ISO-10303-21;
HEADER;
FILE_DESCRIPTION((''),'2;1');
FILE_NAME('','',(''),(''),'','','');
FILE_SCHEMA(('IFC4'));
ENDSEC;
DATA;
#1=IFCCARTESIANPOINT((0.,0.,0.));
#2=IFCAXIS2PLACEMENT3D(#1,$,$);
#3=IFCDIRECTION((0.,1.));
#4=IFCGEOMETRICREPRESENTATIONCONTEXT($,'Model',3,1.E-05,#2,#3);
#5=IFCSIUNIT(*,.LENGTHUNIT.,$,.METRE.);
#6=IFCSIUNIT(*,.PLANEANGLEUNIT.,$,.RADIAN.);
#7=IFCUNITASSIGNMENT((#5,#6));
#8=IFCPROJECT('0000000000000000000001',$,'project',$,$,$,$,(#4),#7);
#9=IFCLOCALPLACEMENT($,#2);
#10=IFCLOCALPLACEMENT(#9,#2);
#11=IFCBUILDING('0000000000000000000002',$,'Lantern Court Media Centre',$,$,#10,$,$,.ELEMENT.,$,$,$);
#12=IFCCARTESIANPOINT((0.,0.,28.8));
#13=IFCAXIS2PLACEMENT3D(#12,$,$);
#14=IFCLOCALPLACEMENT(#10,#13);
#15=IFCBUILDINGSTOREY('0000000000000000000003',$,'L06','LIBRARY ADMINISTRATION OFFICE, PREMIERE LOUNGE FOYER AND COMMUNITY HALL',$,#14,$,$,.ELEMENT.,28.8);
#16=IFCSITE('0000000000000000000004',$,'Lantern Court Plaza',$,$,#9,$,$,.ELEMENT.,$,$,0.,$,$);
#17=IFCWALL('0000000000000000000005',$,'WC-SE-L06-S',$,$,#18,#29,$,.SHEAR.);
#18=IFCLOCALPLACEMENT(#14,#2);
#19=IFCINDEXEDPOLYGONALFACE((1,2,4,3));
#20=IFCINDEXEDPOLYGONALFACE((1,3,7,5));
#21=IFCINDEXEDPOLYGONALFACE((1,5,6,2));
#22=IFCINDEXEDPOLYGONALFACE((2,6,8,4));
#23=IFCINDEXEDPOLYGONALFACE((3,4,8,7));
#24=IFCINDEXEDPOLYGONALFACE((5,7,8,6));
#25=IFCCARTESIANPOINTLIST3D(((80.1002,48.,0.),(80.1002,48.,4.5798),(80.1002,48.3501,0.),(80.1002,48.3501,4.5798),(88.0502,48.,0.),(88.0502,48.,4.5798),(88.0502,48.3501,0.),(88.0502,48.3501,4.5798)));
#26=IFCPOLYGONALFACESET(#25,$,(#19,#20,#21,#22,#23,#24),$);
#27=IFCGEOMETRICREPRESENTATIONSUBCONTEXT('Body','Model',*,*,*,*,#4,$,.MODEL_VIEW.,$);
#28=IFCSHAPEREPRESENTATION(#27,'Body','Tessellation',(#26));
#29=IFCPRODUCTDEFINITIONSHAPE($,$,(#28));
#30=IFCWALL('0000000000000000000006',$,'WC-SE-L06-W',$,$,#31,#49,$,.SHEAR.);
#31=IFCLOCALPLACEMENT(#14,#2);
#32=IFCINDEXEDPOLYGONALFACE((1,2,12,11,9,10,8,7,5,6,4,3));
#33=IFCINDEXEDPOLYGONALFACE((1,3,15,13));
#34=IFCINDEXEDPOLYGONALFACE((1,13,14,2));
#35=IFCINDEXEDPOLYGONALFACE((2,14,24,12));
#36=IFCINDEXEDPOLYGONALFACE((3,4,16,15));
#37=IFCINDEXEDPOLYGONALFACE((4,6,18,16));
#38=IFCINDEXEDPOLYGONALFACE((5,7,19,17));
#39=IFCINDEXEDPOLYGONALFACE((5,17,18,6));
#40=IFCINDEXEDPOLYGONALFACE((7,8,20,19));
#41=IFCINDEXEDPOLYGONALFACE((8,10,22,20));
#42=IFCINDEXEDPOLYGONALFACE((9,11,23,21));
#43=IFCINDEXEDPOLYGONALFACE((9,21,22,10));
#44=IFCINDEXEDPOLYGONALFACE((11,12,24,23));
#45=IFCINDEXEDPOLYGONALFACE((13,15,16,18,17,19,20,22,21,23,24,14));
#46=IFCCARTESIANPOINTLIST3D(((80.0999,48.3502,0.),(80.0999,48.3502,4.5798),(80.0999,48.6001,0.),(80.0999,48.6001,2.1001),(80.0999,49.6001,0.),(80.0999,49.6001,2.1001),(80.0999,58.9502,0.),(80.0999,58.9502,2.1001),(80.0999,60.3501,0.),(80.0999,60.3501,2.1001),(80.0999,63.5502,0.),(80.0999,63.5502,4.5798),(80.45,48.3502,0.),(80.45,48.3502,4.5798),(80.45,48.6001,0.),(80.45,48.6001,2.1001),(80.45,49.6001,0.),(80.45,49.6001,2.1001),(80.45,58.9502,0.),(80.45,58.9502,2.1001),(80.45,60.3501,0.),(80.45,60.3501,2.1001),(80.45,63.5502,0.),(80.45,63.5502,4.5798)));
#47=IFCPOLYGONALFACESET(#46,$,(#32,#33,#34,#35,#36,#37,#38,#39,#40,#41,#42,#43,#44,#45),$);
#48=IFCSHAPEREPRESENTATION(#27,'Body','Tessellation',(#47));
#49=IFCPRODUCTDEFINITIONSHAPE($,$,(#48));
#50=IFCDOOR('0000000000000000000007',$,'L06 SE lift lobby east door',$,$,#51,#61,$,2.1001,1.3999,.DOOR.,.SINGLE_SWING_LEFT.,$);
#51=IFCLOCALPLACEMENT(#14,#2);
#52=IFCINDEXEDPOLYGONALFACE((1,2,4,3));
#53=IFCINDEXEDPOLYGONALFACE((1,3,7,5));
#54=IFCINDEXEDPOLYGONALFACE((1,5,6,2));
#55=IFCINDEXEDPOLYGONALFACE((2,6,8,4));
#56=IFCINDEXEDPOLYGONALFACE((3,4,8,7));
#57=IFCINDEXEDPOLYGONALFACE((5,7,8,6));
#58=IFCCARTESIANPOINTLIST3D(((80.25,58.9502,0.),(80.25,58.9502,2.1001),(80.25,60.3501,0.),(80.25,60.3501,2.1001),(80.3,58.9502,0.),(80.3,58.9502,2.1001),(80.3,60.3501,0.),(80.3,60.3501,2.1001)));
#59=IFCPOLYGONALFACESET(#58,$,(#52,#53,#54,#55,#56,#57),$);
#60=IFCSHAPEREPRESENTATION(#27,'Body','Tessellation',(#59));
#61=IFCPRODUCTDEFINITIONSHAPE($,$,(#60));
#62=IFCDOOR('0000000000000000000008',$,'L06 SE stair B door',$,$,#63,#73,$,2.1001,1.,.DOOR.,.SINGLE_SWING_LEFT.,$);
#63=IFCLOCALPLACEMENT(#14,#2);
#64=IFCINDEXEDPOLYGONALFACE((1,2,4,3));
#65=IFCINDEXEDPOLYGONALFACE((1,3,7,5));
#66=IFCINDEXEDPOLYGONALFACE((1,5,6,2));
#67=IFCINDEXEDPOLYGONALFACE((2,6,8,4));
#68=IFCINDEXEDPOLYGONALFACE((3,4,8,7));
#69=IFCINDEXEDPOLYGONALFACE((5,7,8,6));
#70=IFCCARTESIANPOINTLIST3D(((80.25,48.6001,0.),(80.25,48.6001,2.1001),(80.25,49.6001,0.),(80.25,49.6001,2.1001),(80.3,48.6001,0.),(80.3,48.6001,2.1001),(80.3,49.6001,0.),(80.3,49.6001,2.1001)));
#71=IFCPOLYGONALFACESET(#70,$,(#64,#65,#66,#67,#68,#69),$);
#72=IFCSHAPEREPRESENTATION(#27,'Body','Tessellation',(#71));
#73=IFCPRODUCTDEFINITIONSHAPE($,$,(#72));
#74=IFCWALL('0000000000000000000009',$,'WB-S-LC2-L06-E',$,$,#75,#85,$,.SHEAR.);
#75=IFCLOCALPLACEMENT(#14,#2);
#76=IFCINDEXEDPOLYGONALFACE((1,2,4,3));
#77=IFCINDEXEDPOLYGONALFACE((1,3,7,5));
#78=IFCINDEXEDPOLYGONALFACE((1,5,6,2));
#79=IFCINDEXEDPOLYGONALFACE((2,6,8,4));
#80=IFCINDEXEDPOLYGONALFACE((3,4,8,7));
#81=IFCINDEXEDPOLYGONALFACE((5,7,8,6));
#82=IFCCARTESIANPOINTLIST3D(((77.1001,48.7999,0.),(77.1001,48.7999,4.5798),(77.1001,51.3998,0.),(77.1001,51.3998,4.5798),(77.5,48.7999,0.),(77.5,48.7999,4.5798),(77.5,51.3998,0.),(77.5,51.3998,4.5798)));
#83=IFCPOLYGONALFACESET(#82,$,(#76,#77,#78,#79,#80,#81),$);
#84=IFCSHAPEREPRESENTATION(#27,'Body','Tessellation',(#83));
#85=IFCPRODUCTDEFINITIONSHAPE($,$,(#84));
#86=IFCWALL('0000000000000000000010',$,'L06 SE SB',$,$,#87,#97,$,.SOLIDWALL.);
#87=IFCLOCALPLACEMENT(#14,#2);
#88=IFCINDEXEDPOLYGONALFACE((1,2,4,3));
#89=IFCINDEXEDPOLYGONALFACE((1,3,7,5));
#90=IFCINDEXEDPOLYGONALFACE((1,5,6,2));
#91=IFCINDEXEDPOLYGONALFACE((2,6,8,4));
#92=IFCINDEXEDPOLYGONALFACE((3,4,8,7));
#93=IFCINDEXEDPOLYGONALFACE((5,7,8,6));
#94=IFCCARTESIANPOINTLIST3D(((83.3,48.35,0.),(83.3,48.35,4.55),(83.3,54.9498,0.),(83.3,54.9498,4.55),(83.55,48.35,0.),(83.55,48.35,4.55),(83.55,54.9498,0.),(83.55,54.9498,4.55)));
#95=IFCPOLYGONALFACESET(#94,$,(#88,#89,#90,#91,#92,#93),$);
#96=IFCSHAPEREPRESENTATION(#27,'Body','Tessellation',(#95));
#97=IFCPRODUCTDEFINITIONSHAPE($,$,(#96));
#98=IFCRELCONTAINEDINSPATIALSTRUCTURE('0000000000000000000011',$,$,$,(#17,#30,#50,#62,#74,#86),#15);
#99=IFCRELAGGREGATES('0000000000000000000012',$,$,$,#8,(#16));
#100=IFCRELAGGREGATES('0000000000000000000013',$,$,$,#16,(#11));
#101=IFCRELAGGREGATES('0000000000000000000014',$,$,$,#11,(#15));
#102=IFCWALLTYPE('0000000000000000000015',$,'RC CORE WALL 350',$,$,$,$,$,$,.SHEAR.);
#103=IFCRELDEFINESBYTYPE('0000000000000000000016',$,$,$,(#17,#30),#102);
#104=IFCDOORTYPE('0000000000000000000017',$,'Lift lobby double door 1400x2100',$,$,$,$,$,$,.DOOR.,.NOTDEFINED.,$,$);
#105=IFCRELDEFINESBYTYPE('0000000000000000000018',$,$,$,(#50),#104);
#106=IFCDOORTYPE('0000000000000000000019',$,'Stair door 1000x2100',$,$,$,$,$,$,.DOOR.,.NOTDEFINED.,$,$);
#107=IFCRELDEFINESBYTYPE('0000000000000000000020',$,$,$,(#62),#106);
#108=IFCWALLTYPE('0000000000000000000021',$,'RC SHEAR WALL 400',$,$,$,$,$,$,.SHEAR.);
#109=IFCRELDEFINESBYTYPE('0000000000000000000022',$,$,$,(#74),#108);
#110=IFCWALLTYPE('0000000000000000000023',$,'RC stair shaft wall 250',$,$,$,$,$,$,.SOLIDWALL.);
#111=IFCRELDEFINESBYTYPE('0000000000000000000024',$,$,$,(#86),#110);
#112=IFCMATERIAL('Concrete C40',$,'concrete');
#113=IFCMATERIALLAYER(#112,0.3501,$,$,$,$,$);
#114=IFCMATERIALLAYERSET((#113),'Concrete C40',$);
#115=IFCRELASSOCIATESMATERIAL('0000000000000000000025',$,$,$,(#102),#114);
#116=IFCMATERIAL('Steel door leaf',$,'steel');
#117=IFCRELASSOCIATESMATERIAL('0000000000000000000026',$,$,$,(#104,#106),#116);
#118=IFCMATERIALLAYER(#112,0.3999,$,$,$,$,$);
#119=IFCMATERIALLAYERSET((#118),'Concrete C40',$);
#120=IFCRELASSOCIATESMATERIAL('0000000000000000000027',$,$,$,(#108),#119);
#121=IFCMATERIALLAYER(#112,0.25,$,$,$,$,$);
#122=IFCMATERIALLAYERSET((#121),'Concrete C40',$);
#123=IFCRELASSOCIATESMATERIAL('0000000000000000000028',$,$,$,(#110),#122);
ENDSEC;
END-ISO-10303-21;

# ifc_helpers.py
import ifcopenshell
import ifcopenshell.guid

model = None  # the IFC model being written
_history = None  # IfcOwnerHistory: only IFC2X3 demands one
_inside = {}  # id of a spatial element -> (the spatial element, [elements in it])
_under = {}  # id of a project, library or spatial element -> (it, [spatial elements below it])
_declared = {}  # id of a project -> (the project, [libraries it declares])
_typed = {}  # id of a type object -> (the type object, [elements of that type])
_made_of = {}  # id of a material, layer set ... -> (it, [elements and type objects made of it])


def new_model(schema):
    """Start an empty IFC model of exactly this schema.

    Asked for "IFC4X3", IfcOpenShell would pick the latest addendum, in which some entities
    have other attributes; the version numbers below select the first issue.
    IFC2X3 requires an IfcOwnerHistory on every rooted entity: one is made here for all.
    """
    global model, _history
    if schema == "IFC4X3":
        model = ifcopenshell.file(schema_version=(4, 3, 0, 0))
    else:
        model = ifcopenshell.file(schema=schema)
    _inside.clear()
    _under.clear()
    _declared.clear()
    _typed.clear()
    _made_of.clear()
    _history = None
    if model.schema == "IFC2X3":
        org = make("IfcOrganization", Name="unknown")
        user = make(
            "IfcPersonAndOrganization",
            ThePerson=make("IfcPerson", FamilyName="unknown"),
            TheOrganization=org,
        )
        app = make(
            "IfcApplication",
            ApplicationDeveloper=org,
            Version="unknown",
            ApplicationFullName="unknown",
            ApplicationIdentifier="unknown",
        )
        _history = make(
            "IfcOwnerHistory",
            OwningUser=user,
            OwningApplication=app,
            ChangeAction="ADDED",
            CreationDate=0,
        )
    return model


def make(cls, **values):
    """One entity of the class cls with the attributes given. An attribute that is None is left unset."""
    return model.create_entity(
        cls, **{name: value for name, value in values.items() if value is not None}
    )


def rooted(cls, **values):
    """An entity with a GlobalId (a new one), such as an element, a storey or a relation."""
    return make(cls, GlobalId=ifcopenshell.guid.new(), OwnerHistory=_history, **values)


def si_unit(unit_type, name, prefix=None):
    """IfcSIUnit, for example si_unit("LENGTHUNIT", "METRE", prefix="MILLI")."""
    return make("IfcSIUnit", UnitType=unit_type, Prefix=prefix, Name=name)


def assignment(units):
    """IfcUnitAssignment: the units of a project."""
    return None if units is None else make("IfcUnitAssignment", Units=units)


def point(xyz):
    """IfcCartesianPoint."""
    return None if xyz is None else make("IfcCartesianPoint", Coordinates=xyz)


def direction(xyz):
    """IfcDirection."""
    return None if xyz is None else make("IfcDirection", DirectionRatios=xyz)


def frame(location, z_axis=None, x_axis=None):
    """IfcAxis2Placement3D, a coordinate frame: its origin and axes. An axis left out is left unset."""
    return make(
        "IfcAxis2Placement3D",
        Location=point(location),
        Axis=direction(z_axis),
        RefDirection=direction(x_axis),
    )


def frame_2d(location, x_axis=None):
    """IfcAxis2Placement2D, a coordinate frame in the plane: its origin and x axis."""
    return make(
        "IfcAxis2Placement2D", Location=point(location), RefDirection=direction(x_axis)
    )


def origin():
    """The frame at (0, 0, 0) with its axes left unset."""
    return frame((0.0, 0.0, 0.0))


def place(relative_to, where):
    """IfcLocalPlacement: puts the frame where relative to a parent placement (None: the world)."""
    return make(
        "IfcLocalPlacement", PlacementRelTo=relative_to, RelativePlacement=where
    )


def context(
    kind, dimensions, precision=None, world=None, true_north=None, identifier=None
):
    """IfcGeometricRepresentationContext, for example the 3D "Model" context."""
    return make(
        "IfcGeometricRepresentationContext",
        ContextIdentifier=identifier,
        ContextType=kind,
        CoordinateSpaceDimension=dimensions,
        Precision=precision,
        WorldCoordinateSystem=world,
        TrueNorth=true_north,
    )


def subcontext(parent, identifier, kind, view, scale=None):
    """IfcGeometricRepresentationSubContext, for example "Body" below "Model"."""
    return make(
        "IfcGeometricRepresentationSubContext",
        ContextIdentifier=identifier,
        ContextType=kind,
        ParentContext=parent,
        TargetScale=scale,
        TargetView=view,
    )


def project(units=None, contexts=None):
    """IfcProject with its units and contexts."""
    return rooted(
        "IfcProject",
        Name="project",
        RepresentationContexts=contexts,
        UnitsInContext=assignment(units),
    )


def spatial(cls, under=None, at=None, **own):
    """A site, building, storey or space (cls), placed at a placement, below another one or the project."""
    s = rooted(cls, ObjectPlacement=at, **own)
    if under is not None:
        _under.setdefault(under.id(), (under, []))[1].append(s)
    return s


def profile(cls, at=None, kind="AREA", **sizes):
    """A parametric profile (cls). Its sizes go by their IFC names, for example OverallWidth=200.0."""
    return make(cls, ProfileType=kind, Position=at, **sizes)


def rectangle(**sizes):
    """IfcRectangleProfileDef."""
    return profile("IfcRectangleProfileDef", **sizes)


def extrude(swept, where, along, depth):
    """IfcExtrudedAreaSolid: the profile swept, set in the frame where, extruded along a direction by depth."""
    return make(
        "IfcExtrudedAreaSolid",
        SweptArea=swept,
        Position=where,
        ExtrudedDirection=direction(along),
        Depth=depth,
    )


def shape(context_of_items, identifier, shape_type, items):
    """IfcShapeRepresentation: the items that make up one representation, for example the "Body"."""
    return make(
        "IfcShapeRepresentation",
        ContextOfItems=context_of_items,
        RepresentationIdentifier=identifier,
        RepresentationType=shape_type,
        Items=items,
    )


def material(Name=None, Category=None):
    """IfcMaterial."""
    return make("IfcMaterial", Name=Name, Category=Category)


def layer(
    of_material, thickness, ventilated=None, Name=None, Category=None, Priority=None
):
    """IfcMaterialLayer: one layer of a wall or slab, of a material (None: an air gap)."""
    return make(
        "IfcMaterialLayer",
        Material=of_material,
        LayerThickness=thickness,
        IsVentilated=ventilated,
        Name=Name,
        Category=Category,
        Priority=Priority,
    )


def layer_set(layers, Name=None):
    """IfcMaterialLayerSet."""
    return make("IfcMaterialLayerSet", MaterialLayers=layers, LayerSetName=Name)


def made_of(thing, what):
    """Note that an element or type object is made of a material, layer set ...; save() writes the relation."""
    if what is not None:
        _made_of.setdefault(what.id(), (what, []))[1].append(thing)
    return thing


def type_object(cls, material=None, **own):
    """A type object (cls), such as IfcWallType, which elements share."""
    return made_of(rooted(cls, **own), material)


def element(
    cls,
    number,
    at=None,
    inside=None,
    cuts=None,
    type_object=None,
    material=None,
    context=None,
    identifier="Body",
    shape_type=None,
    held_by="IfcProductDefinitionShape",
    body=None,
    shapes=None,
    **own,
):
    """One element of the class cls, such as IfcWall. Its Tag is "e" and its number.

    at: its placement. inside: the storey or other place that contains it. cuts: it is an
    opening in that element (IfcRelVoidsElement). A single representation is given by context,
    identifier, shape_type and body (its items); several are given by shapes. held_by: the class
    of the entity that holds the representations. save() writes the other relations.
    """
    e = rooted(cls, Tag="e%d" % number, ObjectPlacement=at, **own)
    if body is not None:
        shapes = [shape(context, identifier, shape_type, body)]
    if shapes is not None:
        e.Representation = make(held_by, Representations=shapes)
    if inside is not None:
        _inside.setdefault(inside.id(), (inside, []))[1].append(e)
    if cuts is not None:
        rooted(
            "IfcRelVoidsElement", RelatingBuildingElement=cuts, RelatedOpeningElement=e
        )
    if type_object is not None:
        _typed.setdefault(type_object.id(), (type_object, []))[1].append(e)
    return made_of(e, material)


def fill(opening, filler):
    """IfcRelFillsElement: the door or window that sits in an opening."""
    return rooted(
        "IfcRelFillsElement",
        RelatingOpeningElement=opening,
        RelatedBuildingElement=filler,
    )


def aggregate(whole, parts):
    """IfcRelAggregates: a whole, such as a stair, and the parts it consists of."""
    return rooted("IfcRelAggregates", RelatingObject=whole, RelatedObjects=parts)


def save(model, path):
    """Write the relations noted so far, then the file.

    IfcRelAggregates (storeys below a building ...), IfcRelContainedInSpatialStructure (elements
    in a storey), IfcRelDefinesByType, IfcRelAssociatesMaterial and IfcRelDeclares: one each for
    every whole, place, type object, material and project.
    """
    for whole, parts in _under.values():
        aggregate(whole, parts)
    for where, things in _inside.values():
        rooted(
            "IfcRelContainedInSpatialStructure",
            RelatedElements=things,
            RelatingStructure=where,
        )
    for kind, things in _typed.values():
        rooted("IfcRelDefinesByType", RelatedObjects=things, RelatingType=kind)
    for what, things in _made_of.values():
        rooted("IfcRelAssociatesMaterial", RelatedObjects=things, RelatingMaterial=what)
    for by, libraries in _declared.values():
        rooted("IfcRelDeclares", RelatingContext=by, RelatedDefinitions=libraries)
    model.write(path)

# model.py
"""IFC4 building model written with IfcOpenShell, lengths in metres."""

from ifc_helpers import new_model, si_unit, direction, frame, frame_2d, origin, place, context, subcontext, project, spatial, rectangle, extrude, material, layer, layer_set, type_object, element, fill, save


model = new_model("IFC4")

# Units and contexts
model_context = context("Model", 3, precision=1e-05, world=origin(), true_north=direction((0.0, 1.0)))
body_context = subcontext(model_context, "Body", "Model", "MODEL_VIEW")
ifc_project = project(units=[si_unit("LENGTHUNIT", "METRE"), si_unit("PLANEANGLEUNIT", "RADIAN")], contexts=[model_context])

# Site, building, storey
site_placement = place(None, origin())
site = spatial("IfcSite", under=ifc_project, at=site_placement, Name="Lantern Court Plaza", CompositionType="ELEMENT", RefElevation=0.0)
building_placement = place(site_placement, origin())
building = spatial("IfcBuilding", under=site, at=building_placement, Name="Lantern Court Media Centre", CompositionType="ELEMENT")
storey_placement = place(building_placement, frame((0.0, 0.0, 28.8)))
storey = spatial("IfcBuildingStorey", under=building, at=storey_placement, Name="L06", Description="LIBRARY ADMINISTRATION OFFICE, PREMIERE LOUNGE FOYER AND COMMUNITY HALL", CompositionType="ELEMENT", Elevation=28.8)

# Wall
ifc_material_1 = material(Name="Concrete C40", Category="concrete")
ifc_layer_1 = layer(ifc_material_1, 0.3501)
ifc_layer_set_1 = layer_set([ifc_layer_1], Name="Concrete C40")
wall_type_1 = type_object("IfcWallType", Name="RC CORE WALL 350", PredefinedType="SHEAR", material=ifc_layer_set_1)
wall_1_placement = place(storey_placement, frame((80.1001, 48.175, 0.0), z_axis=(0.0, 0.0, 1.0), x_axis=(1.0, 0.0, 0.0)))
element("IfcWall", 1, at=wall_1_placement, inside=storey, type_object=wall_type_1, Name="WC-SE-L06-S", PredefinedType="SHEAR", context=body_context, shape_type="SweptSolid", body=[
    extrude(rectangle(XDim=7.95, YDim=0.3501, at=frame_2d((3.9751, 0.0))), origin(), (0.0, 0.0, 1.0), 4.5798),
])

# Wall, openings, doors
wall_2_placement = place(storey_placement, frame((80.2749, 48.3501, 0.0), z_axis=(0.0, 0.0, 1.0), x_axis=(0.0, 1.0, 0.0)))
wall_2 = element("IfcWall", 2, at=wall_2_placement, inside=storey, type_object=wall_type_1, Name="WC-SE-L06-W", PredefinedType="SHEAR", context=body_context, shape_type="SweptSolid", body=[
    extrude(rectangle(XDim=15.2, YDim=0.3501, at=frame_2d((7.6001, 0.0))), origin(), (0.0, 0.0, 1.0), 4.5798),
])
opening_1_placement = place(wall_2_placement, frame((0.25, 0.0, 0.0)))
opening_1 = element("IfcOpeningElement", 3, at=opening_1_placement, cuts=wall_2, PredefinedType="OPENING", context=body_context, shape_type="SweptSolid", body=[
    extrude(rectangle(XDim=1.0, YDim=2.1001, at=frame_2d((0.5, 1.05))), frame((0.0, 0.1851, 0.0), z_axis=(0.0, -1.0, 0.0), x_axis=(1.0, 0.0, 0.0)), (0.0, 0.0, 1.0), 0.3701),
])
opening_2_placement = place(wall_2_placement, frame((10.6001, 0.0, 0.0)))
opening_2 = element("IfcOpeningElement", 4, at=opening_2_placement, cuts=wall_2, PredefinedType="OPENING", context=body_context, shape_type="SweptSolid", body=[
    extrude(rectangle(XDim=1.3999, YDim=2.1001, at=frame_2d((0.7, 1.05))), frame((0.0, 0.1851, 0.0), z_axis=(0.0, -1.0, 0.0), x_axis=(1.0, 0.0, 0.0)), (0.0, 0.0, 1.0), 0.3701),
])
ifc_material_2 = material(Name="Steel door leaf", Category="steel")
door_type_1 = type_object("IfcDoorType", Name="Lift lobby double door 1400x2100", OperationType="NOTDEFINED", PredefinedType="DOOR", material=ifc_material_2)
door_1_placement = place(opening_2_placement, origin())
door_1 = element("IfcDoor", 5, at=door_1_placement, inside=storey, type_object=door_type_1, Name="L06 SE lift lobby east door", OperationType="SINGLE_SWING_LEFT", OverallHeight=2.1001, OverallWidth=1.3999, PredefinedType="DOOR", context=body_context, shape_type="SweptSolid", body=[
    extrude(rectangle(XDim=1.3999, YDim=2.1001, at=frame_2d((0.7, 1.05))), frame((0.0, 0.0249, 0.0), z_axis=(0.0, -1.0, 0.0), x_axis=(1.0, 0.0, 0.0)), (0.0, 0.0, 1.0), 0.05),
])
fill(opening_2, door_1)
door_type_2 = type_object("IfcDoorType", Name="Stair door 1000x2100", OperationType="NOTDEFINED", PredefinedType="DOOR", material=ifc_material_2)
door_2_placement = place(opening_1_placement, origin())
door_2 = element("IfcDoor", 6, at=door_2_placement, inside=storey, type_object=door_type_2, Name="L06 SE stair B door", OperationType="SINGLE_SWING_LEFT", OverallHeight=2.1001, OverallWidth=1.0, PredefinedType="DOOR", context=body_context, shape_type="SweptSolid", body=[
    extrude(rectangle(XDim=1.0, YDim=2.1001, at=frame_2d((0.5, 1.05))), frame((0.0, 0.0249, 0.0), z_axis=(0.0, -1.0, 0.0), x_axis=(1.0, 0.0, 0.0)), (0.0, 0.0, 1.0), 0.05),
])
fill(opening_1, door_2)

# Walls
ifc_layer_2 = layer(ifc_material_1, 0.3999)
ifc_layer_set_2 = layer_set([ifc_layer_2], Name="Concrete C40")
wall_type_2 = type_object("IfcWallType", Name="RC SHEAR WALL 400", PredefinedType="SHEAR", material=ifc_layer_set_2)
wall_3_placement = place(storey_placement, frame((77.3, 48.8, 0.0), z_axis=(0.0, 0.0, 1.0), x_axis=(0.0, 1.0, 0.0)))
element("IfcWall", 7, at=wall_3_placement, inside=storey, type_object=wall_type_2, Name="WB-S-LC2-L06-E", PredefinedType="SHEAR", context=body_context, shape_type="SweptSolid", body=[
    extrude(rectangle(XDim=2.5999, YDim=0.3999, at=frame_2d((1.2998, 0.0))), origin(), (0.0, 0.0, 1.0), 4.5798),
])
ifc_layer_3 = layer(ifc_material_1, 0.25)
ifc_layer_set_3 = layer_set([ifc_layer_3], Name="Concrete C40")
wall_type_3 = type_object("IfcWallType", Name="RC stair shaft wall 250", PredefinedType="SOLIDWALL", material=ifc_layer_set_3)
wall_4_placement = place(storey_placement, frame((83.425, 48.3501, 0.0), z_axis=(0.0, 0.0, 1.0), x_axis=(0.0, 1.0, 0.0)))
element("IfcWall", 8, at=wall_4_placement, inside=storey, type_object=wall_type_3, Name="L06 SE SB", PredefinedType="SOLIDWALL", context=body_context, shape_type="SweptSolid", body=[
    extrude(rectangle(XDim=6.5999, YDim=0.25, at=frame_2d((3.2998, 0.0))), origin(), (0.0, 0.0, 1.0), 4.55),
])

save(model, "model.ifc")
